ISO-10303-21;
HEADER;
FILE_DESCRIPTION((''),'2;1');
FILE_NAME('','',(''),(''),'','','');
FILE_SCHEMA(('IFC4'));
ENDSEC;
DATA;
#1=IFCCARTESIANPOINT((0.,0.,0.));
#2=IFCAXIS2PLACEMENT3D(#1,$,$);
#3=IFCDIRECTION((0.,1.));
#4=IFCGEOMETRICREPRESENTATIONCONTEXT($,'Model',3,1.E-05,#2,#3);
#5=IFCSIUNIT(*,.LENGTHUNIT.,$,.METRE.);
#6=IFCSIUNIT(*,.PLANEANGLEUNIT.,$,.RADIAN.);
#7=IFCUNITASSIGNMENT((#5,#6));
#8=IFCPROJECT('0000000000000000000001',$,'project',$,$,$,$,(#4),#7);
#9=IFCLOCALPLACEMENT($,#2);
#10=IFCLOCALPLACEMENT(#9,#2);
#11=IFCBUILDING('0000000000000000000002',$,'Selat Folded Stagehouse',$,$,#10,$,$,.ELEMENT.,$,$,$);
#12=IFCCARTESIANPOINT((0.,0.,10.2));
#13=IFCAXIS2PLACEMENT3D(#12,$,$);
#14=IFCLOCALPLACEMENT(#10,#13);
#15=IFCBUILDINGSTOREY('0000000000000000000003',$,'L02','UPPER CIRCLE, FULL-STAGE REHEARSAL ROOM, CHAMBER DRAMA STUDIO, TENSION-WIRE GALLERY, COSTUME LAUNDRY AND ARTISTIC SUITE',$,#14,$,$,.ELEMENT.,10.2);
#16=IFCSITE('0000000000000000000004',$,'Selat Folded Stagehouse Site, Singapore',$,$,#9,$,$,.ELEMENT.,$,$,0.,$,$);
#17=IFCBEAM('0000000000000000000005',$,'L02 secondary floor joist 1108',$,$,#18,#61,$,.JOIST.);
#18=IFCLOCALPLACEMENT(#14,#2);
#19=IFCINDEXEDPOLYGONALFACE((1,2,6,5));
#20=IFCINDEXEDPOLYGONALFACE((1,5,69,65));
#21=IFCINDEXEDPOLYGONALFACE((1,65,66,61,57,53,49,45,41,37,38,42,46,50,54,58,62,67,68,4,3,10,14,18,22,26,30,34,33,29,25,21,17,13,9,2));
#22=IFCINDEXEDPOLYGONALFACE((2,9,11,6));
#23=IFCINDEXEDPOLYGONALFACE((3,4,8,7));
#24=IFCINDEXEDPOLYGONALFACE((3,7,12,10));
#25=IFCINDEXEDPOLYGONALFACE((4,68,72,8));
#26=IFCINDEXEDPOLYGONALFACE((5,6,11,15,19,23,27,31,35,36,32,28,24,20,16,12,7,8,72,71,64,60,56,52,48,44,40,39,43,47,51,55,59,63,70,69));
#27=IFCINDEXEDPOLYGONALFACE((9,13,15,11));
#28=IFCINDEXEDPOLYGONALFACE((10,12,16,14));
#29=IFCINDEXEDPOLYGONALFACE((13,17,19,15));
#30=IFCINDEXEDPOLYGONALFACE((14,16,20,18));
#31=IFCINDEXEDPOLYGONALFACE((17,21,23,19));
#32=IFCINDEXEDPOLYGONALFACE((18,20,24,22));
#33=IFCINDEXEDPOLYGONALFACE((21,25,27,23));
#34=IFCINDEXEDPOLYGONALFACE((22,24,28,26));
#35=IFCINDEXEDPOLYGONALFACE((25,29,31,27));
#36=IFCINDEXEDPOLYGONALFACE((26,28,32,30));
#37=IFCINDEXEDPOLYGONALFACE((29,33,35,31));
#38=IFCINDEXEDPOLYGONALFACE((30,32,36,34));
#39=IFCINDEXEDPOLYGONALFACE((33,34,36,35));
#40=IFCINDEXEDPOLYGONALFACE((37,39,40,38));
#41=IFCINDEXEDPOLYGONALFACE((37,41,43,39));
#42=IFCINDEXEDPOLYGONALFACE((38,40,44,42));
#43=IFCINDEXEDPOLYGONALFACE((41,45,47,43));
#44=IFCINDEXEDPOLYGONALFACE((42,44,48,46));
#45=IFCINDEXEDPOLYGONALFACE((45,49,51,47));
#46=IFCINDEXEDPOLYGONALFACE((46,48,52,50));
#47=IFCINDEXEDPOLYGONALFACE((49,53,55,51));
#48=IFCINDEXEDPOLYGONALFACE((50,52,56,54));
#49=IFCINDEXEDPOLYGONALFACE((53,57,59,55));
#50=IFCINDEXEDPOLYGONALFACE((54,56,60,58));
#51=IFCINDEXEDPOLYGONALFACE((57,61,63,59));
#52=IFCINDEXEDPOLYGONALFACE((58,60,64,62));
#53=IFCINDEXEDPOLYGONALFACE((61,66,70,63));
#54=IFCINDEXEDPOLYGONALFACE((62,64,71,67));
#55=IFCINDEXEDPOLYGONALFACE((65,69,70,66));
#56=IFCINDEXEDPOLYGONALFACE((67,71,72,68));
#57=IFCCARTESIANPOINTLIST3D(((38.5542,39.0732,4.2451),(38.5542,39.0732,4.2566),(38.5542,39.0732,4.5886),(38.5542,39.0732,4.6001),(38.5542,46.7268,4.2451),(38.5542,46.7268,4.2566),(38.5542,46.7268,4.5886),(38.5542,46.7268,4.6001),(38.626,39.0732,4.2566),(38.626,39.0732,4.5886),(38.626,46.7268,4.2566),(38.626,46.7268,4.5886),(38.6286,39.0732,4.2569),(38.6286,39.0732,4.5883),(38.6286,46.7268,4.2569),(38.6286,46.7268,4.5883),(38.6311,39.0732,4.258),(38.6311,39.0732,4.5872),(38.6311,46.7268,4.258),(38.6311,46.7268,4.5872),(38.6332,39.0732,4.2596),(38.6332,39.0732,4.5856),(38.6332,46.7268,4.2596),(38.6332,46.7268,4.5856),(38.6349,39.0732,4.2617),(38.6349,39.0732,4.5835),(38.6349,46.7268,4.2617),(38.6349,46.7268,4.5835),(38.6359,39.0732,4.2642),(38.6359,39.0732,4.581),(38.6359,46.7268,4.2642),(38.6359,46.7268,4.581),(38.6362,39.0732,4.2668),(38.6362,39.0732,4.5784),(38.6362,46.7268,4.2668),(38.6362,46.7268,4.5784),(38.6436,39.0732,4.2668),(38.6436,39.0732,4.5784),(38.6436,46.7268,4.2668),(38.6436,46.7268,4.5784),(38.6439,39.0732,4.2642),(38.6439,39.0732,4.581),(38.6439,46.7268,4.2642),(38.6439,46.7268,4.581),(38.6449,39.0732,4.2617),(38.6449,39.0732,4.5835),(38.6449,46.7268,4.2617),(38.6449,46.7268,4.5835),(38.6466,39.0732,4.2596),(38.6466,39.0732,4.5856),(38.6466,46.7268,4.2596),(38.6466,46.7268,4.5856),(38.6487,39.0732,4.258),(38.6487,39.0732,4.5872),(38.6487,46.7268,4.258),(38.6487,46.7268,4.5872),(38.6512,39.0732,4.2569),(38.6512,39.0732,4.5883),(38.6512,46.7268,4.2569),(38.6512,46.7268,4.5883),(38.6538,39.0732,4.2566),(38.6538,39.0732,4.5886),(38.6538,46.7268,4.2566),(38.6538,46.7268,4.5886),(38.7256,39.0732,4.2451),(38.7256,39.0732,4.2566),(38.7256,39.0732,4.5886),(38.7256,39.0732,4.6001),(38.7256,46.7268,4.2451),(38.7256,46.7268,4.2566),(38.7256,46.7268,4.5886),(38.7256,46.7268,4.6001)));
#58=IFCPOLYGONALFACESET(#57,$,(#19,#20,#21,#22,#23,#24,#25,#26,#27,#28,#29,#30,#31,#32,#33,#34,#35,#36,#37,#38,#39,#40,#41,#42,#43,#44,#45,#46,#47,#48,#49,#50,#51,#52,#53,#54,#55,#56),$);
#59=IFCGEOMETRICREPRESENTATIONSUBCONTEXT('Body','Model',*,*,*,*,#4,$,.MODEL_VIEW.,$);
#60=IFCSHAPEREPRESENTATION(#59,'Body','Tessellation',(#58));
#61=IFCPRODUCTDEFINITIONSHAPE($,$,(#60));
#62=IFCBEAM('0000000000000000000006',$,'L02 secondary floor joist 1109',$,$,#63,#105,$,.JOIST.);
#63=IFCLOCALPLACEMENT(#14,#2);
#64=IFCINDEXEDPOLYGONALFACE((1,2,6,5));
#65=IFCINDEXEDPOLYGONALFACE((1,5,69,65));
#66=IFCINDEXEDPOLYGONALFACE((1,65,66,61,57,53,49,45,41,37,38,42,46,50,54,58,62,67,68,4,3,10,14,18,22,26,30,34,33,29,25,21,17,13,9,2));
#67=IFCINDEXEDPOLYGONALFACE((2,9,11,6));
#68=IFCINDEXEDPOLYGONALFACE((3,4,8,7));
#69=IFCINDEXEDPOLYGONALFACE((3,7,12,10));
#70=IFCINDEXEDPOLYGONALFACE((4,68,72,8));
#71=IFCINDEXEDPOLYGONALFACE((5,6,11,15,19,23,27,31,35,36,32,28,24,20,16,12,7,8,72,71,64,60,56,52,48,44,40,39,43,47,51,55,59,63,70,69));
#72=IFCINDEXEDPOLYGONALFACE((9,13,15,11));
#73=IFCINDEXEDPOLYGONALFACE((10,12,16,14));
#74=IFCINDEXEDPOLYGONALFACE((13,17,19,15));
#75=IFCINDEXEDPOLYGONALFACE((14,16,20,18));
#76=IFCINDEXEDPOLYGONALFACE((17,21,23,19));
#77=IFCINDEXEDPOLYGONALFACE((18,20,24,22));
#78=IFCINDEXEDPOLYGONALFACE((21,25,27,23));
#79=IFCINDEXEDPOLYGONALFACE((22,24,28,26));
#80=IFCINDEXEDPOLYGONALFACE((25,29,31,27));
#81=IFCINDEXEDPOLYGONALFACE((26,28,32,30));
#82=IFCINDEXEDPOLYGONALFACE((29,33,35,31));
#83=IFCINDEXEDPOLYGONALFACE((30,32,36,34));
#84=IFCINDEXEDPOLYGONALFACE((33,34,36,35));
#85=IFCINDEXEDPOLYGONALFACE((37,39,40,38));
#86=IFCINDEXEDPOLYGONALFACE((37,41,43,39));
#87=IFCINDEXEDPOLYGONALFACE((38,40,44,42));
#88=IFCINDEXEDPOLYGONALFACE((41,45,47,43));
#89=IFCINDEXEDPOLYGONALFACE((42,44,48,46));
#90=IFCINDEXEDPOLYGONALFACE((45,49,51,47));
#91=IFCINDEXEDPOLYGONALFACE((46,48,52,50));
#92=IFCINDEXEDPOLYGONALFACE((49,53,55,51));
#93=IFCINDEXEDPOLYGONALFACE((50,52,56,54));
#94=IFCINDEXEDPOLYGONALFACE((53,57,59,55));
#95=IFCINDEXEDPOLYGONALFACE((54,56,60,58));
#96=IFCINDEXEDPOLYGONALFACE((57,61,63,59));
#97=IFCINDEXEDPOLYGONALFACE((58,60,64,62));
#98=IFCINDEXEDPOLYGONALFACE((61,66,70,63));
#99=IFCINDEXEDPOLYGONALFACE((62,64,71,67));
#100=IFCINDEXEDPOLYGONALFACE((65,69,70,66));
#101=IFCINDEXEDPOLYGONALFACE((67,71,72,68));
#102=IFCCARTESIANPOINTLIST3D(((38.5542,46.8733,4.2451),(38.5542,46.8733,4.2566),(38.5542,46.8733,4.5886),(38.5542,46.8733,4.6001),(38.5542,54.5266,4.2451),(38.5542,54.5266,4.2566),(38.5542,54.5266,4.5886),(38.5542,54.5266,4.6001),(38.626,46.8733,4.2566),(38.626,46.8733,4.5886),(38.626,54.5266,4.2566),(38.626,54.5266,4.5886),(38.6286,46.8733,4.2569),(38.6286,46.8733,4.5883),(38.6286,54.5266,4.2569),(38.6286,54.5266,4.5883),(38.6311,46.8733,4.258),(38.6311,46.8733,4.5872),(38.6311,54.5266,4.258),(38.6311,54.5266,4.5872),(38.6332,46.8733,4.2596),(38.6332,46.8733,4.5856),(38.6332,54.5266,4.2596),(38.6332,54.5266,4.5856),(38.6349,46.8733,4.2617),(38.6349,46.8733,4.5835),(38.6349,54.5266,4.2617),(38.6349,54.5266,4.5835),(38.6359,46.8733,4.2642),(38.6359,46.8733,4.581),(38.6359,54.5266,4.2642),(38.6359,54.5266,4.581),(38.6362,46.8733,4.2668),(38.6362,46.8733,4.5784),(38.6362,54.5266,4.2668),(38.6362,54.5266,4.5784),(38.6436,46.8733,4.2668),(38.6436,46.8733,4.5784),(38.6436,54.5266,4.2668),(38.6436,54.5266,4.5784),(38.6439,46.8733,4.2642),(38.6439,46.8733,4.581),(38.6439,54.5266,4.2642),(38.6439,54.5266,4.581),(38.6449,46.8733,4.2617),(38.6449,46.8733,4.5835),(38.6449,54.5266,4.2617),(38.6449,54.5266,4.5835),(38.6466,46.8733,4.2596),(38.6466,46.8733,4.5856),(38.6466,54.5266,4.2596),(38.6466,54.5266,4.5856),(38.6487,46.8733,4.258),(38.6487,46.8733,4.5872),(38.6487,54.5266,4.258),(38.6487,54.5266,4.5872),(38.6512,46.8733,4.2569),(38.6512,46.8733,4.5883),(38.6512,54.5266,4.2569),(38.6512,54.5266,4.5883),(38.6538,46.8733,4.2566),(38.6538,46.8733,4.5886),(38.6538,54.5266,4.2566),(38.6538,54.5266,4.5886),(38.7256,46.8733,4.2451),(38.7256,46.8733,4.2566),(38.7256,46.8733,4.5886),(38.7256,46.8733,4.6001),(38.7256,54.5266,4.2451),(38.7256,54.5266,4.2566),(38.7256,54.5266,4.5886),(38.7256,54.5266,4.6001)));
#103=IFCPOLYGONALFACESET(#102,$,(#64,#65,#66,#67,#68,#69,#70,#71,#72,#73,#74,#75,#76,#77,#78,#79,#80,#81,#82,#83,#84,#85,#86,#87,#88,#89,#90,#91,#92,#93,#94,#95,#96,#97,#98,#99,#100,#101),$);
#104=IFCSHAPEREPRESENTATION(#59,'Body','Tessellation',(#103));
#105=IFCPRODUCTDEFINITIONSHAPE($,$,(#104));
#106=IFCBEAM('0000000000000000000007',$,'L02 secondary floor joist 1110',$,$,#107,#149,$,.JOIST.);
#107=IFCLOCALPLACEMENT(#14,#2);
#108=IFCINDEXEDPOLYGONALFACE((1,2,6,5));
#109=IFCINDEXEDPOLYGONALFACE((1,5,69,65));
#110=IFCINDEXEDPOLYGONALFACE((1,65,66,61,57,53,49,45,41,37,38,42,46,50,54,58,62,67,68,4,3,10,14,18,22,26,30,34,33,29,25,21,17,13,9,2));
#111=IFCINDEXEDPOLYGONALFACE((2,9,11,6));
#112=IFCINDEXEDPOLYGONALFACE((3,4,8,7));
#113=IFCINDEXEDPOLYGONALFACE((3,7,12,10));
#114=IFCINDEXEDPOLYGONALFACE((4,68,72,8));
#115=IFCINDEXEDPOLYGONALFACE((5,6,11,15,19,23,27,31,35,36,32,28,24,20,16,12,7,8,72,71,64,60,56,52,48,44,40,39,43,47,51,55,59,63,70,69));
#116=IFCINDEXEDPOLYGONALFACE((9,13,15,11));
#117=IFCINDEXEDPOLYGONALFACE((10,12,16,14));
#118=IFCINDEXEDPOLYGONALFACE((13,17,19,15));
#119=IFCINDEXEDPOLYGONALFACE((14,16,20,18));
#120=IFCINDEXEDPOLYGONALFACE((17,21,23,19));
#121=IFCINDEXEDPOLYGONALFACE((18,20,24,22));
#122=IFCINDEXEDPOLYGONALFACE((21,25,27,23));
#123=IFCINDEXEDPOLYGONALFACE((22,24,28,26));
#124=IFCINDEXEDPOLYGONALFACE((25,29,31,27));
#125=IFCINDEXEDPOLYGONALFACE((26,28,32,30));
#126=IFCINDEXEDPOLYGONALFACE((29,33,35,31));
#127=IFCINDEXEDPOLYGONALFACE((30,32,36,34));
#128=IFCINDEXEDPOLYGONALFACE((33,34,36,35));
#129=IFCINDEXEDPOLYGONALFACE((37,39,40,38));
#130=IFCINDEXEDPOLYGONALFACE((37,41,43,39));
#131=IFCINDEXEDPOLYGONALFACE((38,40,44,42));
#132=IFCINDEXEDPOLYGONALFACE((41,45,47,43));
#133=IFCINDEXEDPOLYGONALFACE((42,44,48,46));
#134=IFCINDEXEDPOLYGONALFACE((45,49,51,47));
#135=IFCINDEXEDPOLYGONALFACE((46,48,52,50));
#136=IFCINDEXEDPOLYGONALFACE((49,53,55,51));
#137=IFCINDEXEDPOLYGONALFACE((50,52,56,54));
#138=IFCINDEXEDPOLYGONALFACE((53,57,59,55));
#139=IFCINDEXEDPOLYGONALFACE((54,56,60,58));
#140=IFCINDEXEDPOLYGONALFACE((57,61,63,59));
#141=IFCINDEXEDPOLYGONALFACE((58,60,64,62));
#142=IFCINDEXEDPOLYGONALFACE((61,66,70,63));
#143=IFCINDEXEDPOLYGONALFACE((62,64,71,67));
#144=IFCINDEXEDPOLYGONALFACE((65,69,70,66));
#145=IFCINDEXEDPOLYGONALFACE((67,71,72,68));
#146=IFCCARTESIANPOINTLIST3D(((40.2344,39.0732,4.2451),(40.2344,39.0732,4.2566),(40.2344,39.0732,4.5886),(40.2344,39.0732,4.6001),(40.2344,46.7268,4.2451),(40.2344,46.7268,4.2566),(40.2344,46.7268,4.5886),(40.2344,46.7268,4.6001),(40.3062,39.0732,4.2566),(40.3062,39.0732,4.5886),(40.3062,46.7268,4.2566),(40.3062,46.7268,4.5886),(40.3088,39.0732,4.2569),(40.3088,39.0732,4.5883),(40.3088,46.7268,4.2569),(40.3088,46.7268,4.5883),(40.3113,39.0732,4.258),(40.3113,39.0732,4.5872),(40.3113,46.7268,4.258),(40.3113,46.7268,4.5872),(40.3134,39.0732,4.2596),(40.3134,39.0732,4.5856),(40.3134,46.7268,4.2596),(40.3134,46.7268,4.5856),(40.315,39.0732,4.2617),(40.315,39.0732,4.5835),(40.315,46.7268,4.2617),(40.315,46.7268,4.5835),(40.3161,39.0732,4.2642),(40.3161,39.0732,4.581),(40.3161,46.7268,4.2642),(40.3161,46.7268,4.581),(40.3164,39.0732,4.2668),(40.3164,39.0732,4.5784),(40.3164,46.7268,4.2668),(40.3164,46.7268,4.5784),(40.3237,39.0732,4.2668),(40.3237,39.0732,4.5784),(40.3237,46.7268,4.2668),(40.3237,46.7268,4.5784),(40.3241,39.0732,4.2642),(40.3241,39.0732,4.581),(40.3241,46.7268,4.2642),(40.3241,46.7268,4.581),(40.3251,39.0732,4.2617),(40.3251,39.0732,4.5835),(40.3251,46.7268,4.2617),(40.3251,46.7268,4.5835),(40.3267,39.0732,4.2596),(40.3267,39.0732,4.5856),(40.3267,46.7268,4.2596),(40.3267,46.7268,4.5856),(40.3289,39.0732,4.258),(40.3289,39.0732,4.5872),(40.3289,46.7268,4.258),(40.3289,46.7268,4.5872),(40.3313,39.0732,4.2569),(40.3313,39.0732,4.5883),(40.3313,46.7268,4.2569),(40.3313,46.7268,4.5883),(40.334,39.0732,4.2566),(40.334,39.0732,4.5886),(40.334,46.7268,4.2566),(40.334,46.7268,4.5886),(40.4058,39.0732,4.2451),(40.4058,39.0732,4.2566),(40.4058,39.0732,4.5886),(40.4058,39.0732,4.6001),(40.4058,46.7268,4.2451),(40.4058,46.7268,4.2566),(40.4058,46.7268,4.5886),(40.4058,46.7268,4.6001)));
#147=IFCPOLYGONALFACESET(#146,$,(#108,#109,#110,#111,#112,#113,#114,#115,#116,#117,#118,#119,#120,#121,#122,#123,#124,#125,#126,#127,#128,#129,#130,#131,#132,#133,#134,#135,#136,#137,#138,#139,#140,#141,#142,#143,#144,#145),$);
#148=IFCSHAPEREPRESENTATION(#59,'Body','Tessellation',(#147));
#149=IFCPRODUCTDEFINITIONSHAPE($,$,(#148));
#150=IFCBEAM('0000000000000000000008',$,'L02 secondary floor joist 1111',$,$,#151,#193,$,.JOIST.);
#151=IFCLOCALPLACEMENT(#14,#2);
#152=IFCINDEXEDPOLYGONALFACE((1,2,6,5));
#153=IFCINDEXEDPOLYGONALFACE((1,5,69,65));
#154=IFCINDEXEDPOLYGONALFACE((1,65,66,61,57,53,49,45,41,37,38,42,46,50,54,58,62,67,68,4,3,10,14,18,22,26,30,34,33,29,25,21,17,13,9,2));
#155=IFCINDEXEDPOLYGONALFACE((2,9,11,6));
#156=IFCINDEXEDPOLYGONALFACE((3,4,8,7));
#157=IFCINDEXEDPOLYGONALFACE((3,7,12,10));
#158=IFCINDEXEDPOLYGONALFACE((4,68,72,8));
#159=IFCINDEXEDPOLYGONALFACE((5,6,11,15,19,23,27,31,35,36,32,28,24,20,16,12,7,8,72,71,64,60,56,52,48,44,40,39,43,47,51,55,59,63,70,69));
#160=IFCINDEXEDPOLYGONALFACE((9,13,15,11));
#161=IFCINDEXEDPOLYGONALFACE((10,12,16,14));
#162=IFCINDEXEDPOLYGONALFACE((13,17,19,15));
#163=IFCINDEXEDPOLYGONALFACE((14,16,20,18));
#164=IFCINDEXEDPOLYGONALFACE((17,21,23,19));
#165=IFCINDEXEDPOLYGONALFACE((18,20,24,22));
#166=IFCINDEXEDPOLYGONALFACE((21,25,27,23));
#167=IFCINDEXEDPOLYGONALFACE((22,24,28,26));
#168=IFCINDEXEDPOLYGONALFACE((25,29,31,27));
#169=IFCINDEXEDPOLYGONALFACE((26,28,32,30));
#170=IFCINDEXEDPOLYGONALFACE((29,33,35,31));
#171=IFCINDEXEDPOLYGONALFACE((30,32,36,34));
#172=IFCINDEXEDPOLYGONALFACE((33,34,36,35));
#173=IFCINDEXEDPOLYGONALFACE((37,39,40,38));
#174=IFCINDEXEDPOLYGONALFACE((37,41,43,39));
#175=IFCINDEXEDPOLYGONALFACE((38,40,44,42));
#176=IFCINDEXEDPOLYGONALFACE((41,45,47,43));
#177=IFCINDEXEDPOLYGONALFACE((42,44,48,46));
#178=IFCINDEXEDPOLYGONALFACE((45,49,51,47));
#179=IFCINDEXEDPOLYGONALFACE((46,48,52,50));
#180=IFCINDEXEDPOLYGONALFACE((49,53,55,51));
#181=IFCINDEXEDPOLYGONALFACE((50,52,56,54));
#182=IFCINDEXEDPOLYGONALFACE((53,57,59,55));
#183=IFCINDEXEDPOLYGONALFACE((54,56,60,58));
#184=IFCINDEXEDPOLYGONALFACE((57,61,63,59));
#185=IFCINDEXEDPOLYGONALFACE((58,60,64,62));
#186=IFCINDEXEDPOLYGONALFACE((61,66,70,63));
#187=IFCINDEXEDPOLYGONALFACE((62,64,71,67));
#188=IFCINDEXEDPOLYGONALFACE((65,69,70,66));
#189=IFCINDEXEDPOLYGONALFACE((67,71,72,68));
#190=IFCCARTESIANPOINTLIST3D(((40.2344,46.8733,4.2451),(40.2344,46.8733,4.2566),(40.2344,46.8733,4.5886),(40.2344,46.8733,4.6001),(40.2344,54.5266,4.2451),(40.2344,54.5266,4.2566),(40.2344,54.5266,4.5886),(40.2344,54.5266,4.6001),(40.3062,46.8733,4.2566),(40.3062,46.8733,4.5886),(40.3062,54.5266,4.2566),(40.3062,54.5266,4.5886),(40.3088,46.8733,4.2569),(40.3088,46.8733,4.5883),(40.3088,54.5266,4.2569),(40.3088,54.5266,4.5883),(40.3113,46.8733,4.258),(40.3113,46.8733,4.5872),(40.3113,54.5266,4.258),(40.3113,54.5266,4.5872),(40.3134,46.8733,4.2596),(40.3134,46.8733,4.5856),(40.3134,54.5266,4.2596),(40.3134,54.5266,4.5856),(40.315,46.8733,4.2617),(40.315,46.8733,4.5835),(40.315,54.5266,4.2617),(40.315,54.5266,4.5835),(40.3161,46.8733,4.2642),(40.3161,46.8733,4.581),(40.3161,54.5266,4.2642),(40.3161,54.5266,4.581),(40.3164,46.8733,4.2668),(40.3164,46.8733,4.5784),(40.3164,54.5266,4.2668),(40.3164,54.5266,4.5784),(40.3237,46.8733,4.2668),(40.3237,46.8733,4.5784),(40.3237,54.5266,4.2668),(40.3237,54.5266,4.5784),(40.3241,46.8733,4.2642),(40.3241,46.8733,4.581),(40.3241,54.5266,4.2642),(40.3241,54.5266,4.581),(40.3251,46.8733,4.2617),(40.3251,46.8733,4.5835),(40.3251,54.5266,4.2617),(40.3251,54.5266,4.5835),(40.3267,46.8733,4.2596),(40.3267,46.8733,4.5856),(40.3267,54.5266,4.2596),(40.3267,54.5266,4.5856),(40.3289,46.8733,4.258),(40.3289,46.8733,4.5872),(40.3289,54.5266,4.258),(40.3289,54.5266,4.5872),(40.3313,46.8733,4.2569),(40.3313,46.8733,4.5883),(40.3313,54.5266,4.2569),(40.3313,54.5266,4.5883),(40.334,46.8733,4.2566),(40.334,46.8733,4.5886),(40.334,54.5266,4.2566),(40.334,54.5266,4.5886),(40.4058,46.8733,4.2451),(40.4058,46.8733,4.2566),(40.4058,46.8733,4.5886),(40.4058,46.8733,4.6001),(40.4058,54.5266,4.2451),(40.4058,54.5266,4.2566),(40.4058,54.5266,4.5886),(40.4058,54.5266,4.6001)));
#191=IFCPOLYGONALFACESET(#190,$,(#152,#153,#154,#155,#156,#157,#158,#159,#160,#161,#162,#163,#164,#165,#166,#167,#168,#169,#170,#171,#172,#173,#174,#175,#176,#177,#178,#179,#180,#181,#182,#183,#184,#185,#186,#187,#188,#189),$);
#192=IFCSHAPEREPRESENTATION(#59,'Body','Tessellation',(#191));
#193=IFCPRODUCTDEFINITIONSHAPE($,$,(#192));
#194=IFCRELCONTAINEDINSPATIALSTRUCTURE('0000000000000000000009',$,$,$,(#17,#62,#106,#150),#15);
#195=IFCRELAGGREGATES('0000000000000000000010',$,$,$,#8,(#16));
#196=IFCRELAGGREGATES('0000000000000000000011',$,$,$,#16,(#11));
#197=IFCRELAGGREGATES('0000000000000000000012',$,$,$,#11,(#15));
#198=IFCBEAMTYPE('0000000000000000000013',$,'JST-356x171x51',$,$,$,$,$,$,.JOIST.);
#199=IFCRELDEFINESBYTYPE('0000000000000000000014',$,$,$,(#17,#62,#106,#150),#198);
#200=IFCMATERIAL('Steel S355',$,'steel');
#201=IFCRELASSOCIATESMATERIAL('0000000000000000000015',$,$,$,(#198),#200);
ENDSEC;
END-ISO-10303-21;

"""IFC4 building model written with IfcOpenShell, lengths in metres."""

from ifc_helpers import new_model, si_unit, direction, frame, origin, origin_2d, place, context, subcontext, project, spatial, i_section, extrude, material, material_profile, profile_set, type_object, element, save


model = new_model("IFC4")

# Units and contexts
model_context = context("Model", 3, precision=1e-05, world=origin(), true_north=direction((0.0, 1.0)))
body_context = subcontext(model_context, "Body", "Model", "MODEL_VIEW")
ifc_project = project(units=[si_unit("LENGTHUNIT", "METRE"), si_unit("PLANEANGLEUNIT", "RADIAN")], contexts=[model_context])

# Site, building, storey
site_placement = place(None, origin())
site = spatial("IfcSite", under=ifc_project, at=site_placement, Name="Selat Folded Stagehouse Site, Singapore", CompositionType="ELEMENT", RefElevation=0.0)
building_placement = place(site_placement, origin())
building = spatial("IfcBuilding", under=site, at=building_placement, Name="Selat Folded Stagehouse", CompositionType="ELEMENT")
storey_placement = place(building_placement, frame((0.0, 0.0, 10.2)))
storey = spatial("IfcBuildingStorey", under=building, at=storey_placement, Name="L02", Description="UPPER CIRCLE, FULL-STAGE REHEARSAL ROOM, CHAMBER DRAMA STUDIO, TENSION-WIRE GALLERY, COSTUME LAUNDRY AND ARTISTIC SUITE", CompositionType="ELEMENT", Elevation=10.2)

# Shared definitions
ifc_material_1 = material(Name="Steel S355", Category="steel")

# Beams
ifc_material_profile_1 = material_profile(ifc_material_1, i_section(OverallWidth=0.1714, OverallDepth=0.355, WebThickness=0.0073, FlangeThickness=0.0115, FilletRadius=0.0103, at=origin_2d()), Name="UKB 356x171x51")
ifc_profile_set_1 = profile_set([ifc_material_profile_1], Name="Steel S355")
beam_type_1 = type_object("IfcBeamType", Name="JST-356x171x51", PredefinedType="JOIST", material=ifc_profile_set_1)
beam_1_placement = place(storey_placement, frame((38.6399, 39.0732, 4.4226), z_axis=(0.0, 1.0, 0.0), x_axis=(-1.0, 0.0, 0.0)))
element("IfcBeam", 1, at=beam_1_placement, inside=storey, type_object=beam_type_1, Name="L02 secondary floor joist 1108", PredefinedType="JOIST", context=body_context, shape_type="SweptSolid", body=[
    extrude(i_section(OverallWidth=0.1714, OverallDepth=0.355, WebThickness=0.0073, FlangeThickness=0.0115, FilletRadius=0.0103, at=origin_2d()), origin(), (0.0, 0.0, 1.0), 7.6536),
])
beam_2_placement = place(storey_placement, frame((38.6399, 46.8733, 4.4226), z_axis=(0.0, 1.0, 0.0), x_axis=(-1.0, 0.0, 0.0)))
element("IfcBeam", 2, at=beam_2_placement, inside=storey, type_object=beam_type_1, Name="L02 secondary floor joist 1109", PredefinedType="JOIST", context=body_context, shape_type="SweptSolid", body=[
    extrude(i_section(OverallWidth=0.1714, OverallDepth=0.355, WebThickness=0.0073, FlangeThickness=0.0115, FilletRadius=0.0103, at=origin_2d()), origin(), (0.0, 0.0, 1.0), 7.6533),
])
beam_3_placement = place(storey_placement, frame((40.3201, 39.0732, 4.4226), z_axis=(0.0, 1.0, 0.0), x_axis=(-1.0, 0.0, 0.0)))
element("IfcBeam", 3, at=beam_3_placement, inside=storey, type_object=beam_type_1, Name="L02 secondary floor joist 1110", PredefinedType="JOIST", context=body_context, shape_type="SweptSolid", body=[
    extrude(i_section(OverallWidth=0.1714, OverallDepth=0.355, WebThickness=0.0073, FlangeThickness=0.0115, FilletRadius=0.0103, at=origin_2d()), origin(), (0.0, 0.0, 1.0), 7.6536),
])
beam_4_placement = place(storey_placement, frame((40.3201, 46.8733, 4.4226), z_axis=(0.0, 1.0, 0.0), x_axis=(-1.0, 0.0, 0.0)))
element("IfcBeam", 4, at=beam_4_placement, inside=storey, type_object=beam_type_1, Name="L02 secondary floor joist 1111", PredefinedType="JOIST", context=body_context, shape_type="SweptSolid", body=[
    extrude(i_section(OverallWidth=0.1714, OverallDepth=0.355, WebThickness=0.0073, FlangeThickness=0.0115, FilletRadius=0.0103, at=origin_2d()), origin(), (0.0, 0.0, 1.0), 7.6533),
])

save(model, "model.ifc")
